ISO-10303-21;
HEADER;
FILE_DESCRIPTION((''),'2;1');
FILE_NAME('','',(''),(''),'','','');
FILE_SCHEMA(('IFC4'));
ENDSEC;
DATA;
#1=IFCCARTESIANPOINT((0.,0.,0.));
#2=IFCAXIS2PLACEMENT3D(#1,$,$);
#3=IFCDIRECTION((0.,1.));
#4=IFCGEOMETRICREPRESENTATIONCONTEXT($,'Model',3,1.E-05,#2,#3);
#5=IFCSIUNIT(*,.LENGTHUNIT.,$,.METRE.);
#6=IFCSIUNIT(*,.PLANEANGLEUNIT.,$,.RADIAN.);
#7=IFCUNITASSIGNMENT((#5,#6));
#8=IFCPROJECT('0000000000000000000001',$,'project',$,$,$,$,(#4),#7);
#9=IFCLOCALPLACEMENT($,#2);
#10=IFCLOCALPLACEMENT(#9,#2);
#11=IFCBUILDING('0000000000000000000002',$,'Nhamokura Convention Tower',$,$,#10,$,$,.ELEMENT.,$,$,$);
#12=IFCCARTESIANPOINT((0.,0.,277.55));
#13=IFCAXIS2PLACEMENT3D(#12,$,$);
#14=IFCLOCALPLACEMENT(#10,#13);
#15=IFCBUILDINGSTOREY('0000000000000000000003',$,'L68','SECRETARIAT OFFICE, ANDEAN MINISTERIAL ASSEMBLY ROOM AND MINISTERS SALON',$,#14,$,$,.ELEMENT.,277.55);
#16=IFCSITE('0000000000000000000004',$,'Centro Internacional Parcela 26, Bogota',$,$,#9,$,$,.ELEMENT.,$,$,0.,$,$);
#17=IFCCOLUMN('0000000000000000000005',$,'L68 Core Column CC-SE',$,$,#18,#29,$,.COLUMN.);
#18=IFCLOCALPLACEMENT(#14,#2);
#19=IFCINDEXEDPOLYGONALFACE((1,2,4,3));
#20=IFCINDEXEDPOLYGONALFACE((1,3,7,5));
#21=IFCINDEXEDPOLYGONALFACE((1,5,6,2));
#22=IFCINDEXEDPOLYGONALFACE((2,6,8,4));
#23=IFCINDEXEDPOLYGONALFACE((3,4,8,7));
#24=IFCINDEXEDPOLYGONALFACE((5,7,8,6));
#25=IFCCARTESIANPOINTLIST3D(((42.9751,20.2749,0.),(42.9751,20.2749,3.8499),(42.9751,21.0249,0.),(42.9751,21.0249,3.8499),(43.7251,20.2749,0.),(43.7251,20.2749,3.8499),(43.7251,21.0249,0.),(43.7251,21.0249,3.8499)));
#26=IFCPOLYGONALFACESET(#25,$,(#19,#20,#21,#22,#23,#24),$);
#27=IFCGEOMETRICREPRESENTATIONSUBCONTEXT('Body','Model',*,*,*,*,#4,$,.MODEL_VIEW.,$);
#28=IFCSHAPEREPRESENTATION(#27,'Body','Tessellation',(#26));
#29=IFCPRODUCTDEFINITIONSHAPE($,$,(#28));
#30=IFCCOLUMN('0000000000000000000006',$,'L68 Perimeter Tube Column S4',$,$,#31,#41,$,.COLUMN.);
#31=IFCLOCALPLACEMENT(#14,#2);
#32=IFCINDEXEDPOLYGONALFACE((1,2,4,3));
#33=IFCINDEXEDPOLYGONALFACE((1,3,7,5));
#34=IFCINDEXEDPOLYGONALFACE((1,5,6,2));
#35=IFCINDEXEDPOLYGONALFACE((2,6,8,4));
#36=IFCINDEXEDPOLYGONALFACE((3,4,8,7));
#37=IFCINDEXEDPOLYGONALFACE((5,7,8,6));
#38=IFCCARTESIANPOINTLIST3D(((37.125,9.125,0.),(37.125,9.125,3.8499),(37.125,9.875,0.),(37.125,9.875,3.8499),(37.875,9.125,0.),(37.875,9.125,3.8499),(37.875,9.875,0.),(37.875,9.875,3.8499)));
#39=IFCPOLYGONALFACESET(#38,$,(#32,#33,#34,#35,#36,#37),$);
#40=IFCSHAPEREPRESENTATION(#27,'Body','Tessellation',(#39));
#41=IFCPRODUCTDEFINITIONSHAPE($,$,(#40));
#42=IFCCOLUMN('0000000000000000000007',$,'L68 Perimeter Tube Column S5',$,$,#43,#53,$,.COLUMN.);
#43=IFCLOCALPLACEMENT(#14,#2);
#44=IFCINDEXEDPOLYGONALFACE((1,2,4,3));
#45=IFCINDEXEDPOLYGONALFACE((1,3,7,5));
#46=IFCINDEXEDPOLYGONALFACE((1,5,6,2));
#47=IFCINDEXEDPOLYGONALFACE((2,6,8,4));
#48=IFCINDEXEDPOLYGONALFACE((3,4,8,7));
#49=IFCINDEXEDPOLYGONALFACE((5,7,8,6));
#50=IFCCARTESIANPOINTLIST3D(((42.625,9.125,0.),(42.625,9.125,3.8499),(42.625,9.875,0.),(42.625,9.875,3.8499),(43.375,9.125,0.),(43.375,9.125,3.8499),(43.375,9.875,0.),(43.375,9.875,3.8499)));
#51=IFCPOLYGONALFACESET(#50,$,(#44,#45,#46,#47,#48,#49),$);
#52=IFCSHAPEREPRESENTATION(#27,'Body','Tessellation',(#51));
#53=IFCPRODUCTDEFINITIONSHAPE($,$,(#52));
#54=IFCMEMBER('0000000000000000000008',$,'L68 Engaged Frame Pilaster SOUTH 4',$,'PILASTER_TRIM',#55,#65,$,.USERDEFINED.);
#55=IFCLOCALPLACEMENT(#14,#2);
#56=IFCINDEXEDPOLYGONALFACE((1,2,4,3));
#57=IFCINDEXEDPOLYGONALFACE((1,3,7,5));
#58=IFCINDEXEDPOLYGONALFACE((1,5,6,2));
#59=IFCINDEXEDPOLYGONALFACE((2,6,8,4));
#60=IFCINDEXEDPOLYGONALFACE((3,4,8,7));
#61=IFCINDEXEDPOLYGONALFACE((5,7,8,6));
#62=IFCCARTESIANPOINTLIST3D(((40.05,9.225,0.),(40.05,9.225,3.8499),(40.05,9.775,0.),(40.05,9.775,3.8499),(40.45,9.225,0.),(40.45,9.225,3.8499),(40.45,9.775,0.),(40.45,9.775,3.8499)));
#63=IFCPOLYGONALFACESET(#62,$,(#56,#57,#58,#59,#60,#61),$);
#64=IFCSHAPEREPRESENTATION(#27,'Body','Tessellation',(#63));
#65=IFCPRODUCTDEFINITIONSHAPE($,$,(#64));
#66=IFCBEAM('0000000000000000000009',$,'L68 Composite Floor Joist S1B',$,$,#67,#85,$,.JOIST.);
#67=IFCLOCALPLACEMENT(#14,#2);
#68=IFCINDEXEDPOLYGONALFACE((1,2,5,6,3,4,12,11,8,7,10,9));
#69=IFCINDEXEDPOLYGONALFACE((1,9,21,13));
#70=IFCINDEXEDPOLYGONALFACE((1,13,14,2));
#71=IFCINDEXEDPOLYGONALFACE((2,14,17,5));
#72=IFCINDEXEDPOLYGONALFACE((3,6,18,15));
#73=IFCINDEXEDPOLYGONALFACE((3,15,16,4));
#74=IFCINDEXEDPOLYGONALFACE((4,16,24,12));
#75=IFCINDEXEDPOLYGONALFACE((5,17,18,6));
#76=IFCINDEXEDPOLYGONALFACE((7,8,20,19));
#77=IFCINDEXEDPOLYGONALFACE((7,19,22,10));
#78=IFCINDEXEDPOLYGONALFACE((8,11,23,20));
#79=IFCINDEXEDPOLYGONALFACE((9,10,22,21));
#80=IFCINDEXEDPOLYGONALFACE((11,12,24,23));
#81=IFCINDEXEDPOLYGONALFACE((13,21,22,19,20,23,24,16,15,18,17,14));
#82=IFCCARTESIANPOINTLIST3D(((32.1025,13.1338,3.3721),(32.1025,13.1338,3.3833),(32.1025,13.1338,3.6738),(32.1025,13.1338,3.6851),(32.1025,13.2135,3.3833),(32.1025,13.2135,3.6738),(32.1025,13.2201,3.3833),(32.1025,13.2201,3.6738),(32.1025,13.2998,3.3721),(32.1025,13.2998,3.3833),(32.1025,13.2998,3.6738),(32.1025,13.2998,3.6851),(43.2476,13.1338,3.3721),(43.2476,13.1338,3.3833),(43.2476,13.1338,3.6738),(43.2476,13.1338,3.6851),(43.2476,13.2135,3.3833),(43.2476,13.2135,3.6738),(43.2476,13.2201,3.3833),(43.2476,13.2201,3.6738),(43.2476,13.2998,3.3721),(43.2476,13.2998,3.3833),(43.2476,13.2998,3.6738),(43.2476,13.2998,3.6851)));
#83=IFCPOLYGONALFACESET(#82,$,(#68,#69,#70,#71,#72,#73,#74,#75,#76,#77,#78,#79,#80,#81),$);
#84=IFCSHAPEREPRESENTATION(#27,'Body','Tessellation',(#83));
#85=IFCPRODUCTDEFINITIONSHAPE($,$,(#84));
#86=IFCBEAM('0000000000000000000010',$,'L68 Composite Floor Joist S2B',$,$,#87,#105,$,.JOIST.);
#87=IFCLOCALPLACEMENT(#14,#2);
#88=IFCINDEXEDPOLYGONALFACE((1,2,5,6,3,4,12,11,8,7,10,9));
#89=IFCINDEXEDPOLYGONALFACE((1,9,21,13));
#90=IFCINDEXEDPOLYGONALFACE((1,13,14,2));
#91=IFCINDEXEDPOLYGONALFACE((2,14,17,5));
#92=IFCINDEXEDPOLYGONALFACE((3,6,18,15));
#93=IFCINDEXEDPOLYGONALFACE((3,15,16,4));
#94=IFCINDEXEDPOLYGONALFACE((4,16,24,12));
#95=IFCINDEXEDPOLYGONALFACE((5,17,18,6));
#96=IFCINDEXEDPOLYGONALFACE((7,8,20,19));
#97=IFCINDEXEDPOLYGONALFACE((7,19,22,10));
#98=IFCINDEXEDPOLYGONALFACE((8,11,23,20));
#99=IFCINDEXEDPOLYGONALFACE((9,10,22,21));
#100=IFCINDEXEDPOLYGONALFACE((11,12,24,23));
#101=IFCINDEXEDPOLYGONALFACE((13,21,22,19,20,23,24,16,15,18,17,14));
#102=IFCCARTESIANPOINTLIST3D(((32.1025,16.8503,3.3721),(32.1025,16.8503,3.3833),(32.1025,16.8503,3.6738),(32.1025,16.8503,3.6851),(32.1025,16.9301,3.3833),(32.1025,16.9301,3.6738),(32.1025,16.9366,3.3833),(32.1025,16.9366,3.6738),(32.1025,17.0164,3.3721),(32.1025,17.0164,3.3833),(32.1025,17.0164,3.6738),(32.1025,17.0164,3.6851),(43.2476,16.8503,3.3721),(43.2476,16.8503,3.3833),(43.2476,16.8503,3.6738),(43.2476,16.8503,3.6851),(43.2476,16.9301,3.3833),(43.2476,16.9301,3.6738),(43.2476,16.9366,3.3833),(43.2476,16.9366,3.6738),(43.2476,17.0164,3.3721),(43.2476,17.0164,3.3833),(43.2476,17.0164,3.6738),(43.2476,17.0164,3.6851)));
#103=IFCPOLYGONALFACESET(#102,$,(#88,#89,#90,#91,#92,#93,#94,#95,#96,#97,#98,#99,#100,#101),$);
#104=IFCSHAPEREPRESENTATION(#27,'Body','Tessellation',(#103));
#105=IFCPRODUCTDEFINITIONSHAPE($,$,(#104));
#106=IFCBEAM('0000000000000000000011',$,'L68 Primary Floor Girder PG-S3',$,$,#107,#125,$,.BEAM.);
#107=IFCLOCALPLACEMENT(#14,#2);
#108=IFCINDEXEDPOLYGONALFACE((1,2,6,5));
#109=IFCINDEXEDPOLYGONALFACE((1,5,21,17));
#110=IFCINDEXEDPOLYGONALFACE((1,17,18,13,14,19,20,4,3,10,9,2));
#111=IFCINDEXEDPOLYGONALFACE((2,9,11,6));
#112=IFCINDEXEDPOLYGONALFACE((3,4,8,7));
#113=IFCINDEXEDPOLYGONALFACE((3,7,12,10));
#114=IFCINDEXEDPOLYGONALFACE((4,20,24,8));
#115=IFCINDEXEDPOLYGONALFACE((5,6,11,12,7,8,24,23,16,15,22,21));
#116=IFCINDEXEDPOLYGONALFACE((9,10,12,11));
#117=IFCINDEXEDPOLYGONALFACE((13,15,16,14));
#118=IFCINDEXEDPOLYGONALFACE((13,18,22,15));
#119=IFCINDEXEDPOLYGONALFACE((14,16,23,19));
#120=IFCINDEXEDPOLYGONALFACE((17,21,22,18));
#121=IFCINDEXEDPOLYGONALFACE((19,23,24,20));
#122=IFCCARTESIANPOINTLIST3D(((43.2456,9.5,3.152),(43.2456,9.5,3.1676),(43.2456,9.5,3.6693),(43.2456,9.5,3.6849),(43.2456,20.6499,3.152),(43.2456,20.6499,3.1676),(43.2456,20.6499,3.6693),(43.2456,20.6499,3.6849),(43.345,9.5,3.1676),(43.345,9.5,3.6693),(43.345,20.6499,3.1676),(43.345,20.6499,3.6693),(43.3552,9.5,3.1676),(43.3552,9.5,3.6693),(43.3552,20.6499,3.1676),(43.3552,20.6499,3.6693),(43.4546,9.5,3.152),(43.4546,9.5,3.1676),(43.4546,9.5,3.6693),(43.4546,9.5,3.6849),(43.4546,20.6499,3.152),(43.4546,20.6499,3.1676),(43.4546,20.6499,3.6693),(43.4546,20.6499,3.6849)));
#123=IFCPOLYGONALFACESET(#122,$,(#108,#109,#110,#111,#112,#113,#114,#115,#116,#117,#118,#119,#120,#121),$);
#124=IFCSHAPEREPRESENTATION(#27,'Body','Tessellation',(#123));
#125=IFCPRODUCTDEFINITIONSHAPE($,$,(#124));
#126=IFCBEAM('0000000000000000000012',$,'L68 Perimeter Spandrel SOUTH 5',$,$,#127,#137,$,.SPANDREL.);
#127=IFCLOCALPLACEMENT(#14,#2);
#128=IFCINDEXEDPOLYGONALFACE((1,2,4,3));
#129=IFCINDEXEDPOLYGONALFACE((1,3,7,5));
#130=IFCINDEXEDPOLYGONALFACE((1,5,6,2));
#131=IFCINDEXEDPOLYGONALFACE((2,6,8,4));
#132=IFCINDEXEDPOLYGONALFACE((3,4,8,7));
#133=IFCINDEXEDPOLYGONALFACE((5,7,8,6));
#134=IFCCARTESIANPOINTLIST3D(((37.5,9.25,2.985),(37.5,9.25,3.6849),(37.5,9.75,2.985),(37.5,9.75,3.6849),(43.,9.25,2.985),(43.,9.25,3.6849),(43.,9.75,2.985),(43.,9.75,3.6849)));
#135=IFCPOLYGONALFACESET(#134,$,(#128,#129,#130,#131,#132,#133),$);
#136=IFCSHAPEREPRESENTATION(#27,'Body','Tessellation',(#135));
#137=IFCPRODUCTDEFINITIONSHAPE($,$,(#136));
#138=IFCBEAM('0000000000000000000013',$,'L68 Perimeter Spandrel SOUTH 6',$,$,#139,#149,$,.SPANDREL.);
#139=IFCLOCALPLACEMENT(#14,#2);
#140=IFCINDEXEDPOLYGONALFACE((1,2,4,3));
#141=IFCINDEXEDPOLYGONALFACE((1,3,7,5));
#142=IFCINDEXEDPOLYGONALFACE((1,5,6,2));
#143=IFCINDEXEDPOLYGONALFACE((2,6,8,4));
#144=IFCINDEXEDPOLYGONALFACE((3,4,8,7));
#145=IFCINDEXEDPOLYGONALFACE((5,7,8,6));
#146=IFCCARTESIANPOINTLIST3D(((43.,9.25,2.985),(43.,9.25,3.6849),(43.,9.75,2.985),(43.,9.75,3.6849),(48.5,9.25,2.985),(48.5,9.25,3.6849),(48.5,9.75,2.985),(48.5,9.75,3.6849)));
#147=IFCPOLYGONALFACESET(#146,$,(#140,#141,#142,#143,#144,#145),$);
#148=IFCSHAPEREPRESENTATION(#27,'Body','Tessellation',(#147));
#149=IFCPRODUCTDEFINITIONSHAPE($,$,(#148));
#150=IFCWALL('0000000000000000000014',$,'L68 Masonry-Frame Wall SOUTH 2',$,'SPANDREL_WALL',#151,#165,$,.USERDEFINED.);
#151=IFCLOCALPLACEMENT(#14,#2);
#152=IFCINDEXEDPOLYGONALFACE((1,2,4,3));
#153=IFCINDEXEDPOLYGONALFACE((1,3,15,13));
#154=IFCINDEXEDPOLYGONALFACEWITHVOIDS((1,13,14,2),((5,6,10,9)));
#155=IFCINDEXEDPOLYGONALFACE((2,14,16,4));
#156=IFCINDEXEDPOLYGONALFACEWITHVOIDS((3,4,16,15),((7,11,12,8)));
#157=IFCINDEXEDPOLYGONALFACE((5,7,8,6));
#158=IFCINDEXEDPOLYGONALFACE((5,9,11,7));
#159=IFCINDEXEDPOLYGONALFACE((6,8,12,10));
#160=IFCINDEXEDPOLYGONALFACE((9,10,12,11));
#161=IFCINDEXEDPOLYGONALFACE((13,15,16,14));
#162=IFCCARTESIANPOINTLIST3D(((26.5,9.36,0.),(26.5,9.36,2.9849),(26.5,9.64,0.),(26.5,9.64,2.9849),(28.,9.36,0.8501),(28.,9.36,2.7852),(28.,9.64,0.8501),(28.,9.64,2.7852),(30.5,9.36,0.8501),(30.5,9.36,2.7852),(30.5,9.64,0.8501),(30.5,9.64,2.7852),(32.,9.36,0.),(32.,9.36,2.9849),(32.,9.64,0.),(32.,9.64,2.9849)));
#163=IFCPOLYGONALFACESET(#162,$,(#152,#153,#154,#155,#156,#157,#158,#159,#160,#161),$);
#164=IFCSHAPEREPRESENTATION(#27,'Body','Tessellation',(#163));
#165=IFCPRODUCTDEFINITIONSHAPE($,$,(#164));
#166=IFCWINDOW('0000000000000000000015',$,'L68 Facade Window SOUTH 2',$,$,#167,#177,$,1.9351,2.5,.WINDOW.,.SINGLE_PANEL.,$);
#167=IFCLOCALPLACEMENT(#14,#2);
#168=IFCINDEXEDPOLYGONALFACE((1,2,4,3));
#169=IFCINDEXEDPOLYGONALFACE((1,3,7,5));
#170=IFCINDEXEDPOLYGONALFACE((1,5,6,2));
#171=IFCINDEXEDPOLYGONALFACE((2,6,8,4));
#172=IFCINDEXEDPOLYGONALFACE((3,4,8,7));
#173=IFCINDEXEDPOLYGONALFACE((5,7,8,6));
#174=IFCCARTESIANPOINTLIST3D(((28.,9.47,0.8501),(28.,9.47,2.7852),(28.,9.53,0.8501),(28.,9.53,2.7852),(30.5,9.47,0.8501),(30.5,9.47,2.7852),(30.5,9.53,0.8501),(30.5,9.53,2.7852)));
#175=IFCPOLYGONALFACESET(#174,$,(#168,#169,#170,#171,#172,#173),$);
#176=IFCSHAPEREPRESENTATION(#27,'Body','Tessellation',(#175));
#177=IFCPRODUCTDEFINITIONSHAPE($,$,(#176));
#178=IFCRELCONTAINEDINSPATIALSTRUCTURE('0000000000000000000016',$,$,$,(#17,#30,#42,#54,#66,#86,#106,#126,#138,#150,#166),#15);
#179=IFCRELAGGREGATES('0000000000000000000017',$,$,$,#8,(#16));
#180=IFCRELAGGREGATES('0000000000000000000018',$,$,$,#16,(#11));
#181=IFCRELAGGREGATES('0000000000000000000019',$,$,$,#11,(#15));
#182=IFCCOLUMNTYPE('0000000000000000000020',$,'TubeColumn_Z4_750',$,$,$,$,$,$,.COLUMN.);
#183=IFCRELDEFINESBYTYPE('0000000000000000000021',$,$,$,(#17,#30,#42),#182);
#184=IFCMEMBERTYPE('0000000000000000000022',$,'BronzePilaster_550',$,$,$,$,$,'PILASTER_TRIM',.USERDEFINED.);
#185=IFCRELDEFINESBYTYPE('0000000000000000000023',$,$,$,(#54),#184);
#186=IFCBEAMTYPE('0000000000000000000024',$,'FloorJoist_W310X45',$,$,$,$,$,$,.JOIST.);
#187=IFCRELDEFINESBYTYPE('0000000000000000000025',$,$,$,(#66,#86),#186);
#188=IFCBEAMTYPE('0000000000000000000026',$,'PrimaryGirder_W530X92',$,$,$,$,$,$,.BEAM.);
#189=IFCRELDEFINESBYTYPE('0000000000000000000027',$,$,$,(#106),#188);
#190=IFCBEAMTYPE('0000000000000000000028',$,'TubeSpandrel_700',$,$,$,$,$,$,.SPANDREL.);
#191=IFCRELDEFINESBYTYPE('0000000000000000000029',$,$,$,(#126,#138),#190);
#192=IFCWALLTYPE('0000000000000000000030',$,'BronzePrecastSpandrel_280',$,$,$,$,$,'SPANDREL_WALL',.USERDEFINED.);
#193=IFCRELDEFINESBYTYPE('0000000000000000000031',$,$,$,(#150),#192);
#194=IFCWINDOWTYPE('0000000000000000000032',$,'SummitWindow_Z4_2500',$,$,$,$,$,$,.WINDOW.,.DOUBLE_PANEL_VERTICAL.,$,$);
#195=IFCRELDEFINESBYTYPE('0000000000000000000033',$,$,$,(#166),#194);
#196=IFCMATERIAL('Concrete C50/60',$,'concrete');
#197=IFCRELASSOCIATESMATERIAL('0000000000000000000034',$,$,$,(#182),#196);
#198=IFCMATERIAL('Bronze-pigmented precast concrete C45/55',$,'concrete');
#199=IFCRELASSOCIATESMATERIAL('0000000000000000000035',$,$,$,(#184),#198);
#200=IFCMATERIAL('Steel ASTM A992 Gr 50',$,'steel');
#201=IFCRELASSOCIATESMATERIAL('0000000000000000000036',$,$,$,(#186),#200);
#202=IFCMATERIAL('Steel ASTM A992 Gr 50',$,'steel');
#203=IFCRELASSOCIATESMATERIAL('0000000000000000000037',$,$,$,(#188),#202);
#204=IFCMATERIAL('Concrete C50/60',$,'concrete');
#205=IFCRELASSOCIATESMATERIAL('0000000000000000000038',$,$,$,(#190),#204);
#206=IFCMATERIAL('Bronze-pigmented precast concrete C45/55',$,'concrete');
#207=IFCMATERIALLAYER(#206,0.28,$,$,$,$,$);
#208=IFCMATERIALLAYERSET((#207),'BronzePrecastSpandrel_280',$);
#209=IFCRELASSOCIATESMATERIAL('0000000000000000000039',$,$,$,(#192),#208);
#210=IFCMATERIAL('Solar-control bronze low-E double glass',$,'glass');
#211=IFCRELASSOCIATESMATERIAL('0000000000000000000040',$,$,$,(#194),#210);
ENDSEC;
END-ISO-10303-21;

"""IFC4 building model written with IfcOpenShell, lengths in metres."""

from ifc_helpers import new_model, si_unit, direction, frame, frame_2d, origin, origin_2d, place, context, subcontext, project, spatial, rectangle, i_section, extrude, material, layer, layer_set, material_profile, profile_set, type_object, element, fill, save


model = new_model("IFC4")

# Units and contexts
model_context = context("Model", 3, precision=1e-05, world=origin(), true_north=direction((0.0, 1.0)))
body_context = subcontext(model_context, "Body", "Model", "MODEL_VIEW")
ifc_project = project(units=[si_unit("LENGTHUNIT", "METRE"), si_unit("PLANEANGLEUNIT", "RADIAN")], contexts=[model_context])

# Site, building, storey
site_placement = place(None, origin())
site = spatial("IfcSite", under=ifc_project, at=site_placement, Name="Centro Internacional Parcela 26, Bogota", CompositionType="ELEMENT", RefElevation=0.0)
building_placement = place(site_placement, origin())
building = spatial("IfcBuilding", under=site, at=building_placement, Name="Nhamokura Convention Tower", CompositionType="ELEMENT")
storey_placement = place(building_placement, frame((0.0, 0.0, 277.55)))
storey = spatial("IfcBuildingStorey", under=building, at=storey_placement, Name="L68", Description="SECRETARIAT OFFICE, ANDEAN MINISTERIAL ASSEMBLY ROOM AND MINISTERS SALON", CompositionType="ELEMENT", Elevation=277.55)

# Columns
ifc_material_1 = material(Name="Concrete C50/60", Category="concrete")
ifc_material_profile_1 = material_profile(ifc_material_1, rectangle(XDim=0.75, YDim=0.75, at=origin_2d()))
ifc_profile_set_1 = profile_set([ifc_material_profile_1], Name="Concrete C50/60")
column_type = type_object("IfcColumnType", Name="TubeColumn_Z4_750", PredefinedType="COLUMN", material=ifc_profile_set_1)
for number, where, z_axis, x_axis, name in (
    (1, (43.3501, 20.6499, 0.0), (0.0, 0.0, 1.0), (1.0, 0.0, 0.0), "L68 Core Column CC-SE"),
    (2, (37.5, 9.5, 0.0), (0.0, 0.0, 1.0), (1.0, 0.0, 0.0), "L68 Perimeter Tube Column S4"),
    (3, (43.0, 9.5, 0.0), (0.0, 0.0, 1.0), (1.0, 0.0, 0.0), "L68 Perimeter Tube Column S5"),
):
    element("IfcColumn", number, at=place(storey_placement, frame(where, z_axis=z_axis, x_axis=x_axis)), inside=storey, type_object=column_type, Name=name, PredefinedType="COLUMN", context=body_context, shape_type="SweptSolid", body=[
        extrude(rectangle(XDim=0.75, YDim=0.75, at=origin_2d()), origin(), (0.0, 0.0, 1.0), 3.8499),
    ])

# Member
ifc_material_2 = material(Name="Bronze-pigmented precast concrete C45/55", Category="concrete")
ifc_material_profile_2 = material_profile(ifc_material_2, rectangle(XDim=0.3999, YDim=0.55, at=origin_2d()))
ifc_profile_set_2 = profile_set([ifc_material_profile_2], Name="Bronze-pigmented precast concrete C45/55")
member_type = type_object("IfcMemberType", Name="BronzePilaster_550", ElementType="PILASTER_TRIM", PredefinedType="USERDEFINED", material=ifc_profile_set_2)
member_placement = place(storey_placement, frame((40.25, 9.5, 0.0), z_axis=(0.0, 0.0, 1.0), x_axis=(1.0, 0.0, 0.0)))
element("IfcMember", 4, at=member_placement, inside=storey, type_object=member_type, Name="L68 Engaged Frame Pilaster SOUTH 4", ObjectType="PILASTER_TRIM", PredefinedType="USERDEFINED", context=body_context, shape_type="SweptSolid", body=[
    extrude(rectangle(XDim=0.3999, YDim=0.55, at=origin_2d()), origin(), (0.0, 0.0, 1.0), 3.8499),
])

# Beams
ifc_material_3 = material(Name="Steel ASTM A992 Gr 50", Category="steel")
ifc_material_profile_3 = material_profile(ifc_material_3, i_section(OverallWidth=0.166, OverallDepth=0.313, WebThickness=0.0066, FlangeThickness=0.0112, at=origin_2d()))
ifc_profile_set_3 = profile_set([ifc_material_profile_3], Name="Steel ASTM A992 Gr 50")
beam_type_1 = type_object("IfcBeamType", Name="FloorJoist_W310X45", PredefinedType="JOIST", material=ifc_profile_set_3)
for number, where, z_axis, x_axis, name in (
    (5, (32.1025, 13.2168, 3.5286), (1.0, 0.0, 0.0), (0.0, 1.0, 0.0), "L68 Composite Floor Joist S1B"),
    (6, (32.1025, 16.9333, 3.5286), (1.0, 0.0, 0.0), (0.0, 1.0, 0.0), "L68 Composite Floor Joist S2B"),
):
    element("IfcBeam", number, at=place(storey_placement, frame(where, z_axis=z_axis, x_axis=x_axis)), inside=storey, type_object=beam_type_1, Name=name, PredefinedType="JOIST", context=body_context, shape_type="SweptSolid", body=[
        extrude(i_section(OverallWidth=0.166, OverallDepth=0.313, WebThickness=0.0066, FlangeThickness=0.0112, at=origin_2d()), origin(), (0.0, 0.0, 1.0), 11.145),
    ])
ifc_material_4 = material(Name="Steel ASTM A992 Gr 50", Category="steel")
ifc_material_profile_4 = material_profile(ifc_material_4, i_section(OverallWidth=0.209, OverallDepth=0.533, WebThickness=0.0103, FlangeThickness=0.0156, at=origin_2d()))
ifc_profile_set_4 = profile_set([ifc_material_profile_4], Name="Steel ASTM A992 Gr 50")
beam_type_2 = type_object("IfcBeamType", Name="PrimaryGirder_W530X92", PredefinedType="BEAM", material=ifc_profile_set_4)
beam_placement = place(storey_placement, frame((43.3501, 9.5, 3.4185), z_axis=(0.0, 1.0, 0.0), x_axis=(-1.0, 0.0, 0.0)))
element("IfcBeam", 7, at=beam_placement, inside=storey, type_object=beam_type_2, Name="L68 Primary Floor Girder PG-S3", PredefinedType="BEAM", context=body_context, shape_type="SweptSolid", body=[
    extrude(i_section(OverallWidth=0.209, OverallDepth=0.533, WebThickness=0.0103, FlangeThickness=0.0156, at=origin_2d()), origin(), (0.0, 0.0, 1.0), 11.1499),
])
ifc_material_5 = material(Name="Concrete C50/60", Category="concrete")
ifc_material_profile_5 = material_profile(ifc_material_5, rectangle(XDim=0.5, YDim=0.7, at=origin_2d()))
ifc_profile_set_5 = profile_set([ifc_material_profile_5], Name="Concrete C50/60")
beam_type_3 = type_object("IfcBeamType", Name="TubeSpandrel_700", PredefinedType="SPANDREL", material=ifc_profile_set_5)
for number, where, z_axis, x_axis, name in (
    (8, (37.5, 9.5, 3.335), (1.0, 0.0, 0.0), (0.0, 1.0, 0.0), "L68 Perimeter Spandrel SOUTH 5"),
    (9, (43.0, 9.5, 3.335), (1.0, 0.0, 0.0), (0.0, 1.0, 0.0), "L68 Perimeter Spandrel SOUTH 6"),
):
    element("IfcBeam", number, at=place(storey_placement, frame(where, z_axis=z_axis, x_axis=x_axis)), inside=storey, type_object=beam_type_3, Name=name, PredefinedType="SPANDREL", context=body_context, shape_type="SweptSolid", body=[
        extrude(rectangle(XDim=0.5, YDim=0.7, at=origin_2d()), origin(), (0.0, 0.0, 1.0), 5.5),
    ])

# Wall, opening, window
ifc_material_6 = material(Name="Bronze-pigmented precast concrete C45/55", Category="concrete")
ifc_layer_1 = layer(ifc_material_6, 0.28)
ifc_layer_set_1 = layer_set([ifc_layer_1], Name="BronzePrecastSpandrel_280")
wall_type_1 = type_object("IfcWallType", Name="BronzePrecastSpandrel_280", ElementType="SPANDREL_WALL", PredefinedType="USERDEFINED", material=ifc_layer_set_1)
wall_1_placement = place(storey_placement, frame((32.0, 9.5, 0.0), z_axis=(0.0, 0.0, 1.0), x_axis=(-1.0, 0.0, 0.0)))
wall_1 = element("IfcWall", 10, at=wall_1_placement, inside=storey, type_object=wall_type_1, Name="L68 Masonry-Frame Wall SOUTH 2", ObjectType="SPANDREL_WALL", PredefinedType="USERDEFINED", context=body_context, shape_type="SweptSolid", body=[
    extrude(rectangle(XDim=5.5, YDim=0.28, at=frame_2d((2.75, 0.0))), origin(), (0.0, 0.0, 1.0), 2.9849),
])
opening_1_placement = place(wall_1_placement, frame((1.5, 0.0, 0.8501)))
opening_1 = element("IfcOpeningElement", 11, at=opening_1_placement, cuts=wall_1, PredefinedType="OPENING", context=body_context, shape_type="SweptSolid", body=[
    extrude(rectangle(XDim=2.5, YDim=1.9351, at=frame_2d((1.25, 0.9675))), frame((0.0, 0.1499, 0.0), z_axis=(0.0, -1.0, 0.0), x_axis=(1.0, 0.0, 0.0)), (0.0, 0.0, 1.0), 0.3),
])
ifc_material_7 = material(Name="Solar-control bronze low-E double glass", Category="glass")
window_type_1 = type_object("IfcWindowType", Name="SummitWindow_Z4_2500", PartitioningType="DOUBLE_PANEL_VERTICAL", PredefinedType="WINDOW", material=ifc_material_7)
window_1_placement = place(opening_1_placement, origin())
window_1 = element("IfcWindow", 12, at=window_1_placement, inside=storey, type_object=window_type_1, Name="L68 Facade Window SOUTH 2", OverallHeight=1.9351, OverallWidth=2.5, PartitioningType="SINGLE_PANEL", PredefinedType="WINDOW", context=body_context, shape_type="SweptSolid", body=[
    extrude(rectangle(XDim=2.5, YDim=1.9351, at=frame_2d((1.25, 0.9675))), frame((0.0, 0.03, 0.0), z_axis=(0.0, -1.0, 0.0), x_axis=(1.0, 0.0, 0.0)), (0.0, 0.0, 1.0), 0.0601),
])
fill(opening_1, window_1)

save(model, "model.ifc")
